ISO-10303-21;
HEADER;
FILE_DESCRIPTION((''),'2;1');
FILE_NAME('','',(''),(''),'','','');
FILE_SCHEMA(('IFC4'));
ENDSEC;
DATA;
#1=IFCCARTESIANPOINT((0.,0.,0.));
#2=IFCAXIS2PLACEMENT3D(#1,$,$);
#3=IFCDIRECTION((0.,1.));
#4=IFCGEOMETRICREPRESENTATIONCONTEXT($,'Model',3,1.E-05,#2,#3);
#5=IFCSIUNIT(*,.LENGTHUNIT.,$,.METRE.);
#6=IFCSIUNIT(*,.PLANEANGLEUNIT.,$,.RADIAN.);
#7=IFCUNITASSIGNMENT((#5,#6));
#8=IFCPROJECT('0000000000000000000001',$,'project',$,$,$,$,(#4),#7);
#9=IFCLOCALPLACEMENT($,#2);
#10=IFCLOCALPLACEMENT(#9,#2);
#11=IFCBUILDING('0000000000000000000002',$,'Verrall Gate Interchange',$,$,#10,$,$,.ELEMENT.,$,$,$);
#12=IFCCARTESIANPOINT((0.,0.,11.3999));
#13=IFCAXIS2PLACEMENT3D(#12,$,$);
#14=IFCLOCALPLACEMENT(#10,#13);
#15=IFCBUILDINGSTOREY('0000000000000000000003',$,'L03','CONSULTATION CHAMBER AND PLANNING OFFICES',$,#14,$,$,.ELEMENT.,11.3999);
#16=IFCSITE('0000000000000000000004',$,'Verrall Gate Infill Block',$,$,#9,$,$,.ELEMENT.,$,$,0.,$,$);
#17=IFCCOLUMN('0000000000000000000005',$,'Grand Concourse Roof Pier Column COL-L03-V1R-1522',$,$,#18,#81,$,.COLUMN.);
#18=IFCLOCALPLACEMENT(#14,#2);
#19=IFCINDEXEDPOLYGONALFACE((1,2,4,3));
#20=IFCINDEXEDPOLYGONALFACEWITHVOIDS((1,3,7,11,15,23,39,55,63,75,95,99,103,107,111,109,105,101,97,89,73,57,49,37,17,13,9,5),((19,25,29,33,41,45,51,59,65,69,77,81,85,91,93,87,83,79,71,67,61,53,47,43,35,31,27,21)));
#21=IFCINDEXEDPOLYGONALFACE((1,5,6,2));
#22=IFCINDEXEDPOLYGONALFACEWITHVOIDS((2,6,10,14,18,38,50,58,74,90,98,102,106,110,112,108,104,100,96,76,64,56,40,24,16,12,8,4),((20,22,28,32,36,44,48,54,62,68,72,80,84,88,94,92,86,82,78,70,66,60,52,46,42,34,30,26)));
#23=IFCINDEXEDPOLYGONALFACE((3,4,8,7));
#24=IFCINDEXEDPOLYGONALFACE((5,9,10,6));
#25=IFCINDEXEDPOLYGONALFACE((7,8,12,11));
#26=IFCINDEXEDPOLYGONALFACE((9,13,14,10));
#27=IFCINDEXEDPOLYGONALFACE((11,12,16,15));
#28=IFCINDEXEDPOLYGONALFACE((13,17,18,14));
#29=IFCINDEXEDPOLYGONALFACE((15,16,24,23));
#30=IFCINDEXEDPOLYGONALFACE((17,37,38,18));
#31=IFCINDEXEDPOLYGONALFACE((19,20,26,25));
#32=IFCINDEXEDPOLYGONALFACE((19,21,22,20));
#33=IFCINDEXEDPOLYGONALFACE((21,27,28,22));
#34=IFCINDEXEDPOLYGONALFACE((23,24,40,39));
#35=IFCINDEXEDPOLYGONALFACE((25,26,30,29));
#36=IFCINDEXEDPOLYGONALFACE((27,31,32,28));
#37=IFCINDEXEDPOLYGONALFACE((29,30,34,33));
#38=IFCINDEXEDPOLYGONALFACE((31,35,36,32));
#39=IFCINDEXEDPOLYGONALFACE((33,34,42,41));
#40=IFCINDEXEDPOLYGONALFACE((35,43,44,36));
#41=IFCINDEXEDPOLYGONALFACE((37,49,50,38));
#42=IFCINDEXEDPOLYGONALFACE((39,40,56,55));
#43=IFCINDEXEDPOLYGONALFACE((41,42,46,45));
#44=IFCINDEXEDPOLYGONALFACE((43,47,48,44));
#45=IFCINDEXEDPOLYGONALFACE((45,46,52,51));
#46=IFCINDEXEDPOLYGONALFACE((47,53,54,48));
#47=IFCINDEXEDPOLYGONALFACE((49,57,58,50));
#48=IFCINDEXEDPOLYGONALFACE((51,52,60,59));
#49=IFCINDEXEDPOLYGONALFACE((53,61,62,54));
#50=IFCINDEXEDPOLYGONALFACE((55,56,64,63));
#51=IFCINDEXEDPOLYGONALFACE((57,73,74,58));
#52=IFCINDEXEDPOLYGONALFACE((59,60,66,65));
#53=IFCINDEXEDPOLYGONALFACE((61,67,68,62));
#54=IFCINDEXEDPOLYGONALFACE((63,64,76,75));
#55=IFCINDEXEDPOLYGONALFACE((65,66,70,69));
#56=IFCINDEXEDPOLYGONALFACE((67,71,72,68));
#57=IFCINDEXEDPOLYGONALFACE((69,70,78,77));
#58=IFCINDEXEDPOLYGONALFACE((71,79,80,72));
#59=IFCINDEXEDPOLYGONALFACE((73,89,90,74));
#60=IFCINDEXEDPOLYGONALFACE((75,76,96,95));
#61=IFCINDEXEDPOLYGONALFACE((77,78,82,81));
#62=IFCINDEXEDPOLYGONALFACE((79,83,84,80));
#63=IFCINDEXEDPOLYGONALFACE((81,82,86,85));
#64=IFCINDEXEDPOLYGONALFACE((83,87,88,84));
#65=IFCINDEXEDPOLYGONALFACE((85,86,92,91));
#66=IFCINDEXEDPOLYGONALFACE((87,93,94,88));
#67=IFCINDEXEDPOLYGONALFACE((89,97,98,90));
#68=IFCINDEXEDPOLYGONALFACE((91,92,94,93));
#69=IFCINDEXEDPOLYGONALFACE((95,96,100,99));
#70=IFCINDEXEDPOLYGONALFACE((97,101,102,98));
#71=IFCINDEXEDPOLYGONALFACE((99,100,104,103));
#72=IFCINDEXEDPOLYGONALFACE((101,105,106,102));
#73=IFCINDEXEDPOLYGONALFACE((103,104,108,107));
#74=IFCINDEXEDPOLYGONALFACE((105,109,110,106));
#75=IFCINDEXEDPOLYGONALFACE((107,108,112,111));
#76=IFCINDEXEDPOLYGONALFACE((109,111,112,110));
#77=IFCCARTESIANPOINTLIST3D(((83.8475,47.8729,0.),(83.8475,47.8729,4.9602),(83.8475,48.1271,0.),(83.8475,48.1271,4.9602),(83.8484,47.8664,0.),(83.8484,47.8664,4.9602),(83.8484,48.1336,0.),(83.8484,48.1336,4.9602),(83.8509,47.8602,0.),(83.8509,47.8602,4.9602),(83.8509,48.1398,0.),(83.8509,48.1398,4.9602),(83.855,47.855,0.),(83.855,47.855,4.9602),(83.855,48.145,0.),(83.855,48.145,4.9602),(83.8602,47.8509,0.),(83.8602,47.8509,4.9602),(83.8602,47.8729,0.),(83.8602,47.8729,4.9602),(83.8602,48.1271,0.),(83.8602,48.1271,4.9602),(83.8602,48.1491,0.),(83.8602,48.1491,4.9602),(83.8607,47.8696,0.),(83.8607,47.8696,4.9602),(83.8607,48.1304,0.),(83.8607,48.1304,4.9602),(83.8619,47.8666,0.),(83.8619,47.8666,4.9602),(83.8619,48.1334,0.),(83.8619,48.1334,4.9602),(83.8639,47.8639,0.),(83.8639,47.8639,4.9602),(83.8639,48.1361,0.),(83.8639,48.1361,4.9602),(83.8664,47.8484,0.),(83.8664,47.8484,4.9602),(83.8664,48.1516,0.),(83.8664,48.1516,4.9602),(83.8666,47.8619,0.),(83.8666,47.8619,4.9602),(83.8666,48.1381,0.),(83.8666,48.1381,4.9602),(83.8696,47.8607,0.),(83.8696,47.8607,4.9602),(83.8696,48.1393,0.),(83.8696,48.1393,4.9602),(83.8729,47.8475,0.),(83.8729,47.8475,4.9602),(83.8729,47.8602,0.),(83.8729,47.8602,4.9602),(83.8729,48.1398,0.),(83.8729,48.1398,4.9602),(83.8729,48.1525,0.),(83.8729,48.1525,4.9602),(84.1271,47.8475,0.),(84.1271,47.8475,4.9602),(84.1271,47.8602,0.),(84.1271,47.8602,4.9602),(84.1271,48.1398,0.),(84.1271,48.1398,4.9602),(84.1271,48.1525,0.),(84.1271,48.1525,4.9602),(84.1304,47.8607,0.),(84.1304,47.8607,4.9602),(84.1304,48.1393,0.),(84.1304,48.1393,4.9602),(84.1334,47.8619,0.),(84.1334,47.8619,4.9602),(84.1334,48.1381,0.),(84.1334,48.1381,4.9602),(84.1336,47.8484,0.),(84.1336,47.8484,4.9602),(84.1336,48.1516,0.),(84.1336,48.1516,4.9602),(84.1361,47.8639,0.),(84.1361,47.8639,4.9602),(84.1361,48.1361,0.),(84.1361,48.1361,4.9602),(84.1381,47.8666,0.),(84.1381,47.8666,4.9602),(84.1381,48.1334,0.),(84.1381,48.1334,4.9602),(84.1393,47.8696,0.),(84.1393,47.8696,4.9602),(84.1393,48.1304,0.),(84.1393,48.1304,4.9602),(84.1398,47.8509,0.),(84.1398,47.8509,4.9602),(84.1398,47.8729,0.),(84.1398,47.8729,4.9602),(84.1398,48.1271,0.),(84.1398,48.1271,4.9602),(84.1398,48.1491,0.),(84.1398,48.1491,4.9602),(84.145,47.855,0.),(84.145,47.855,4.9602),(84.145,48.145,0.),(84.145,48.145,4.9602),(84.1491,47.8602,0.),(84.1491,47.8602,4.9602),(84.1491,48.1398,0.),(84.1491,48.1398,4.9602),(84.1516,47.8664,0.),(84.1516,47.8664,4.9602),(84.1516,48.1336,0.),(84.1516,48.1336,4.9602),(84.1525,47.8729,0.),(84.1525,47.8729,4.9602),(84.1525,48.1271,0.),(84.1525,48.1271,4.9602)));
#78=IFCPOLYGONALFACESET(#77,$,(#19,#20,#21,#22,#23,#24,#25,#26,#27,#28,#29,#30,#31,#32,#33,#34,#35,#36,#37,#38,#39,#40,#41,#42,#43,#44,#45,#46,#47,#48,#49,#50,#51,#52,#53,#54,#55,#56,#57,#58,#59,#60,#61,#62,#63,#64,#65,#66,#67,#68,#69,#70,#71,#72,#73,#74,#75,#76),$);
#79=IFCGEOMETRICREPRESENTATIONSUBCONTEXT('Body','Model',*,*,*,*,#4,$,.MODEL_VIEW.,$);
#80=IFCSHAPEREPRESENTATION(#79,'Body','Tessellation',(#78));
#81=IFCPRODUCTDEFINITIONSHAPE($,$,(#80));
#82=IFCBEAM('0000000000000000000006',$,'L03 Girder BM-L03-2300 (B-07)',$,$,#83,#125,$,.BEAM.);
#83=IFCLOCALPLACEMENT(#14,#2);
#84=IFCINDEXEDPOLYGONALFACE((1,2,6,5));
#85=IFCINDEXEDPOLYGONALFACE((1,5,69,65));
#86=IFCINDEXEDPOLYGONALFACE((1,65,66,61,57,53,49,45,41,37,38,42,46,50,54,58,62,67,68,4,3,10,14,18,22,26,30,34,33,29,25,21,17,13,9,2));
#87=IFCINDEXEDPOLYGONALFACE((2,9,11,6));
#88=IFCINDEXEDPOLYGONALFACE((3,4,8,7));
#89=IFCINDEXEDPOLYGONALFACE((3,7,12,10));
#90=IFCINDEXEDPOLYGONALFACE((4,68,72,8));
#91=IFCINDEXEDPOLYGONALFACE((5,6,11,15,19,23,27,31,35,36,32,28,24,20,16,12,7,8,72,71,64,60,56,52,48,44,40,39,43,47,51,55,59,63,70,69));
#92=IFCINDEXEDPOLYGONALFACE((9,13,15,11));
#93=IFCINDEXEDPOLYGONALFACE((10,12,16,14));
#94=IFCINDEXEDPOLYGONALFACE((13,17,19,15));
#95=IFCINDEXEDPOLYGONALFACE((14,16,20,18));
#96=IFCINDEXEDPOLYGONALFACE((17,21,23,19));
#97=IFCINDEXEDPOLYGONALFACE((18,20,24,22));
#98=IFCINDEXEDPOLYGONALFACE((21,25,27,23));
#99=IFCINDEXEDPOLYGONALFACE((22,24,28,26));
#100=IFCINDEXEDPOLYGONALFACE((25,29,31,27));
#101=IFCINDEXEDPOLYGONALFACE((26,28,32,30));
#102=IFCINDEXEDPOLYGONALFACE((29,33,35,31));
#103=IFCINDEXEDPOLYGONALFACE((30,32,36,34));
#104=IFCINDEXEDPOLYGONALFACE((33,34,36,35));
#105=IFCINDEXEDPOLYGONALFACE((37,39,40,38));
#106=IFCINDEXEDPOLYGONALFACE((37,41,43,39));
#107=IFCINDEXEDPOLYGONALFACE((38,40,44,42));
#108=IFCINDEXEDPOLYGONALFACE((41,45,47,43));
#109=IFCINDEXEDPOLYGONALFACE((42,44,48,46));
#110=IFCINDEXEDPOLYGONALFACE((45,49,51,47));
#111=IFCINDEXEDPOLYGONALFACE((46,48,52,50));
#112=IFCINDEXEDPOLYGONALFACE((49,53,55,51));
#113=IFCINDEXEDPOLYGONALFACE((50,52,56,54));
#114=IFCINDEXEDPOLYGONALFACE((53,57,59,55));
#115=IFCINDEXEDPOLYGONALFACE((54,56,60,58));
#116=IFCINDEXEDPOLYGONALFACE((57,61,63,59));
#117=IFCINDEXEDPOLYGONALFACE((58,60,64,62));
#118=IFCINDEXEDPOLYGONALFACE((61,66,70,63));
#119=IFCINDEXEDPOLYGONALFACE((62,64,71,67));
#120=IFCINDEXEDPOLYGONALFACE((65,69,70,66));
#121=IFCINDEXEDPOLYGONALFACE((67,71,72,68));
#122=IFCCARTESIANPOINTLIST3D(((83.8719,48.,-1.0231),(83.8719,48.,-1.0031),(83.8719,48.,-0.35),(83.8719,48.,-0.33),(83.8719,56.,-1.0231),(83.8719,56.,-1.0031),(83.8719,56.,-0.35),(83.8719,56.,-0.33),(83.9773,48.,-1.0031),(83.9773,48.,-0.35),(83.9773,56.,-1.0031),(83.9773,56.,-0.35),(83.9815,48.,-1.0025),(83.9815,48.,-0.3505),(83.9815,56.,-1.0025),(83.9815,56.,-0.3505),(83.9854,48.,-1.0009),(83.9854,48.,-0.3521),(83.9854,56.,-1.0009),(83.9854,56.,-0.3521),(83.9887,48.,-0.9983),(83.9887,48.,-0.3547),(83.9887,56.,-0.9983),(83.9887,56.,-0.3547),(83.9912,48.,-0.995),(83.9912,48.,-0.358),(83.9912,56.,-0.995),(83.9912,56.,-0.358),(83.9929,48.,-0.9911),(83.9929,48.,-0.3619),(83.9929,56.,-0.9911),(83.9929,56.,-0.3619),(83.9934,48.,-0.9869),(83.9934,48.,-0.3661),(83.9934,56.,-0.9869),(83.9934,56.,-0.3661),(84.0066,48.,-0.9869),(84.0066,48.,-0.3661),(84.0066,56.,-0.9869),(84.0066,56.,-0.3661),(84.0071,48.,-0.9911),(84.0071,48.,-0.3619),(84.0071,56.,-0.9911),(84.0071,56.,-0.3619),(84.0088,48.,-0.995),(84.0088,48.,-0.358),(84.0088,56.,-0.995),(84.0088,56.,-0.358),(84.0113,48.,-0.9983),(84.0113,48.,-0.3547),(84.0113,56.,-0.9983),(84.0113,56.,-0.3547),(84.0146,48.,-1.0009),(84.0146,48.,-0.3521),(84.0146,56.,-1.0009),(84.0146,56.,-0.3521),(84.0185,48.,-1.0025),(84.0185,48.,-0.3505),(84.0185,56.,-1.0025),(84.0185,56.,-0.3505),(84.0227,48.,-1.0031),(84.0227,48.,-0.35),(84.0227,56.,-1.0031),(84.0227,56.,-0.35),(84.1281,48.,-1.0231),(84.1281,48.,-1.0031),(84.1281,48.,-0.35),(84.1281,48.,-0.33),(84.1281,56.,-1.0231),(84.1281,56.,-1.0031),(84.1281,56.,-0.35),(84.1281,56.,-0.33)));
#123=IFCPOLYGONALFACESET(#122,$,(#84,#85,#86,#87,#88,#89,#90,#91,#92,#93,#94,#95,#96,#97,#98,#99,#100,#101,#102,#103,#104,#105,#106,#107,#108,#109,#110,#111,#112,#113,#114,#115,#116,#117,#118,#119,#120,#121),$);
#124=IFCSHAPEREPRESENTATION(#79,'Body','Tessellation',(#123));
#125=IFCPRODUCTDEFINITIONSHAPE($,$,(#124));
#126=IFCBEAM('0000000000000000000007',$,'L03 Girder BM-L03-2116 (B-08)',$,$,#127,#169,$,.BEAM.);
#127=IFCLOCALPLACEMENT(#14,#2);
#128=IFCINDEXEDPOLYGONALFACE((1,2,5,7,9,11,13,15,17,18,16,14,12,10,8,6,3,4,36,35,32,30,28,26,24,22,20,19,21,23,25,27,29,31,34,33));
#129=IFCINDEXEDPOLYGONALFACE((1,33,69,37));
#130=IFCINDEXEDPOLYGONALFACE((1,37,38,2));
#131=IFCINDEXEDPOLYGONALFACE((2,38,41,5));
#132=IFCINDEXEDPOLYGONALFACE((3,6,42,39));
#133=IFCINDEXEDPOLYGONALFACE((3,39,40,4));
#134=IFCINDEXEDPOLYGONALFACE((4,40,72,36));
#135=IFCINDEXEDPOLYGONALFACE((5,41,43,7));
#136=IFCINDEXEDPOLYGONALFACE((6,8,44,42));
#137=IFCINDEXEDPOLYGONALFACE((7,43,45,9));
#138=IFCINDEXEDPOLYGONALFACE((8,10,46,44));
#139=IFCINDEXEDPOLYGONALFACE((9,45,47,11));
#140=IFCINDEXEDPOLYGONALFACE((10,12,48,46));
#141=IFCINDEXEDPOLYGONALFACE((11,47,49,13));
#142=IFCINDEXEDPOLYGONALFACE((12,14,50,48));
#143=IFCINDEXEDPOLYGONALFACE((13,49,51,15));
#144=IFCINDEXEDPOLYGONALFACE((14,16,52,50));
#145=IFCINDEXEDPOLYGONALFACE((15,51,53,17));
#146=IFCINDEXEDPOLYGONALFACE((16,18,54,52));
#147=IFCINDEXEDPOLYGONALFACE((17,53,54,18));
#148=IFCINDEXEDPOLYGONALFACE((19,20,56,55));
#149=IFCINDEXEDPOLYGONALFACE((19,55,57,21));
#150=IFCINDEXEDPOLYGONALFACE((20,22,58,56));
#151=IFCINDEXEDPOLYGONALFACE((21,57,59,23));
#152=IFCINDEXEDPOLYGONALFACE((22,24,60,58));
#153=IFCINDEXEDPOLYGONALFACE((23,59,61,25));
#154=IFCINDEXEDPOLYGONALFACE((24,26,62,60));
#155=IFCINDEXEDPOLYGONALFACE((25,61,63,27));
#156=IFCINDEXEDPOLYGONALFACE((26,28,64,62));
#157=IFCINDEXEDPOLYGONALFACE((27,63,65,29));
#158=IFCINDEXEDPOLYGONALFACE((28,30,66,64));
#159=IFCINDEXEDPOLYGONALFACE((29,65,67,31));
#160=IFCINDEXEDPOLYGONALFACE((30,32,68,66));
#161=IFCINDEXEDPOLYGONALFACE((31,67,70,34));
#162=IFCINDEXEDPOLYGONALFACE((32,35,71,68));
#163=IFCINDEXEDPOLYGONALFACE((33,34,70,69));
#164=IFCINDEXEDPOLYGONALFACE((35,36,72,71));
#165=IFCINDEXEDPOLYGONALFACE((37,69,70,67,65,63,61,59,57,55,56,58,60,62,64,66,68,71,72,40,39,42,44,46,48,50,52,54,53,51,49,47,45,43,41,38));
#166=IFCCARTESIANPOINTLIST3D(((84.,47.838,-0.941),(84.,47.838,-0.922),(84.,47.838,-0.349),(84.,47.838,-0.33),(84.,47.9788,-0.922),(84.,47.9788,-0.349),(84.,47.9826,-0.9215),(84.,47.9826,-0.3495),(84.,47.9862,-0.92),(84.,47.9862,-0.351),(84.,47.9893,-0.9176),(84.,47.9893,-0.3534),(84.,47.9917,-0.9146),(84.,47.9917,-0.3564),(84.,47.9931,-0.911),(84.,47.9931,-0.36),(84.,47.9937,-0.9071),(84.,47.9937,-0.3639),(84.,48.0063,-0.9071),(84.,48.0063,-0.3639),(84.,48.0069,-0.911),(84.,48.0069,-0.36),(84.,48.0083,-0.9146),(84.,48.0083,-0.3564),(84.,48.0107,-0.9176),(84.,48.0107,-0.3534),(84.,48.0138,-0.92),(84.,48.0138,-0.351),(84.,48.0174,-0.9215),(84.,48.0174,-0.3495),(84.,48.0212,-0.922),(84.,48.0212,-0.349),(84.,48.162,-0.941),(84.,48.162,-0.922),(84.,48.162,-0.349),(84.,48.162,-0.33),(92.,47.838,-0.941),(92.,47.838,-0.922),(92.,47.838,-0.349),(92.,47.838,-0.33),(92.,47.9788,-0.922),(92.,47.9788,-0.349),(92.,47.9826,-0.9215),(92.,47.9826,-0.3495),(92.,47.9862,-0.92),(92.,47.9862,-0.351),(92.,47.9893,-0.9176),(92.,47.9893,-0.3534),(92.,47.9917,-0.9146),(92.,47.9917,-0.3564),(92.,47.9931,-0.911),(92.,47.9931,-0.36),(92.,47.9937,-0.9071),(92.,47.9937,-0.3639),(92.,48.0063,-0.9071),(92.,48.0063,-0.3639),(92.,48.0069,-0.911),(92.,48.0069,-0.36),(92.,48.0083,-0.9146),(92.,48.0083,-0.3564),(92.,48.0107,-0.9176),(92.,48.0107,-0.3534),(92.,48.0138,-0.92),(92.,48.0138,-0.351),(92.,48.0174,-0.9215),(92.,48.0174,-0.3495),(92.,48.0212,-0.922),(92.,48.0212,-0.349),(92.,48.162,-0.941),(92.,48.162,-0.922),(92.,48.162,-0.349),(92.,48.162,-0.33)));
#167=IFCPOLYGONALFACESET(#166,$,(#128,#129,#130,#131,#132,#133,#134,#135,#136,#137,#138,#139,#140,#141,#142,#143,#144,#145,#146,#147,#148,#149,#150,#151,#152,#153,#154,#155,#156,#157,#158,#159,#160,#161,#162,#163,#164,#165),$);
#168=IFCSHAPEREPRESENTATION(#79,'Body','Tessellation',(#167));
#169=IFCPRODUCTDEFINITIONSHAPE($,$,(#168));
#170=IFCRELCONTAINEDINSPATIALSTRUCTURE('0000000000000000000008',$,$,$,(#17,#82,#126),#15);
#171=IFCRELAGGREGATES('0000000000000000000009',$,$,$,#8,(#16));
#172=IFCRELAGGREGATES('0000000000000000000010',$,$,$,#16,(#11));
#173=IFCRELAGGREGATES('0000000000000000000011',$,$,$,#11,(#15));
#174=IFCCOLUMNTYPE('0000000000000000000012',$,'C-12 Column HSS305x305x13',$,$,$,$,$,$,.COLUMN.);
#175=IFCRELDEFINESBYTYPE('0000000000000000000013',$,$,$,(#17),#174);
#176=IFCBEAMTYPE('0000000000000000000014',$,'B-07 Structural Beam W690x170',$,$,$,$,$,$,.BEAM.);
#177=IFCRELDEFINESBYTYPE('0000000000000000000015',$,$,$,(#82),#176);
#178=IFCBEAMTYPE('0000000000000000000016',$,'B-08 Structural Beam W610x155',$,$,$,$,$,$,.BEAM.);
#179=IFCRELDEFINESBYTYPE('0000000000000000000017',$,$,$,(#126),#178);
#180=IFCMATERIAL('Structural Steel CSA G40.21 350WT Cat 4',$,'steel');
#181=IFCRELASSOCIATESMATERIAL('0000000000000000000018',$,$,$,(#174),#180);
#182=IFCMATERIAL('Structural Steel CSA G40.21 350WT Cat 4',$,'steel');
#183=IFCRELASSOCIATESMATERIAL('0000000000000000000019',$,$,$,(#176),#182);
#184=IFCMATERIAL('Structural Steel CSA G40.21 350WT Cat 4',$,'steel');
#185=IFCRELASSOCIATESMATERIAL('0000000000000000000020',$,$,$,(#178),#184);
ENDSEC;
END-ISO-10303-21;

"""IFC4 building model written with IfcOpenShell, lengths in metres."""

from ifc_helpers import new_model, si_unit, direction, frame, origin, origin_2d, place, context, subcontext, project, spatial, hollow_rectangle, i_section, extrude, material, material_profile, profile_set, type_object, element, save


model = new_model("IFC4")

# Units and contexts
model_context = context("Model", 3, precision=1e-05, world=origin(), true_north=direction((0.0, 1.0)))
body_context = subcontext(model_context, "Body", "Model", "MODEL_VIEW")
ifc_project = project(units=[si_unit("LENGTHUNIT", "METRE"), si_unit("PLANEANGLEUNIT", "RADIAN")], contexts=[model_context])

# Site, building, storey
site_placement = place(None, origin())
site = spatial("IfcSite", under=ifc_project, at=site_placement, Name="Verrall Gate Infill Block", CompositionType="ELEMENT", RefElevation=0.0)
building_placement = place(site_placement, origin())
building = spatial("IfcBuilding", under=site, at=building_placement, Name="Verrall Gate Interchange", CompositionType="ELEMENT")
storey_placement = place(building_placement, frame((0.0, 0.0, 11.3999)))
storey = spatial("IfcBuildingStorey", under=building, at=storey_placement, Name="L03", Description="CONSULTATION CHAMBER AND PLANNING OFFICES", CompositionType="ELEMENT", Elevation=11.3999)

# Column
ifc_material_1 = material(Name="Structural Steel CSA G40.21 350WT Cat 4", Category="steel")
ifc_material_profile_1 = material_profile(ifc_material_1, hollow_rectangle(XDim=0.3049, YDim=0.3049, WallThickness=0.0127, InnerFilletRadius=0.0127, OuterFilletRadius=0.0254, at=origin_2d()), Name="HSS305x305x13")
ifc_profile_set_1 = profile_set([ifc_material_profile_1], Name="Structural Steel CSA G40.21 350WT Cat 4")
column_type = type_object("IfcColumnType", Name="C-12 Column HSS305x305x13", PredefinedType="COLUMN", material=ifc_profile_set_1)
column_placement = place(storey_placement, frame((84.0, 48.0, 0.0), z_axis=(0.0, 0.0, 1.0), x_axis=(1.0, 0.0, 0.0)))
element("IfcColumn", 1, at=column_placement, inside=storey, type_object=column_type, Name="Grand Concourse Roof Pier Column COL-L03-V1R-1522", PredefinedType="COLUMN", context=body_context, shape_type="SweptSolid", body=[
    extrude(hollow_rectangle(XDim=0.3049, YDim=0.3049, WallThickness=0.0127, InnerFilletRadius=0.0127, OuterFilletRadius=0.0254, at=origin_2d()), origin(), (0.0, 0.0, 1.0), 4.9602),
])

# Beams
ifc_material_2 = material(Name="Structural Steel CSA G40.21 350WT Cat 4", Category="steel")
ifc_material_profile_2 = material_profile(ifc_material_2, i_section(OverallWidth=0.2561, OverallDepth=0.6931, WebThickness=0.0132, FlangeThickness=0.02, FilletRadius=0.0161, at=origin_2d()), Name="W690x170")
ifc_profile_set_2 = profile_set([ifc_material_profile_2], Name="Structural Steel CSA G40.21 350WT Cat 4")
beam_type_1 = type_object("IfcBeamType", Name="B-07 Structural Beam W690x170", PredefinedType="BEAM", material=ifc_profile_set_2)
beam_1_placement = place(storey_placement, frame((84.0, 48.0, -0.6765), z_axis=(0.0, 1.0, 0.0), x_axis=(-1.0, 0.0, 0.0)))
element("IfcBeam", 2, at=beam_1_placement, inside=storey, type_object=beam_type_1, Name="L03 Girder BM-L03-2300 (B-07)", PredefinedType="BEAM", context=body_context, shape_type="SweptSolid", body=[
    extrude(i_section(OverallWidth=0.2561, OverallDepth=0.6931, WebThickness=0.0132, FlangeThickness=0.02, FilletRadius=0.0161, at=origin_2d()), origin(), (0.0, 0.0, 1.0), 8.0),
])
ifc_material_3 = material(Name="Structural Steel CSA G40.21 350WT Cat 4", Category="steel")
ifc_material_profile_3 = material_profile(ifc_material_3, i_section(OverallWidth=0.324, OverallDepth=0.6111, WebThickness=0.0127, FlangeThickness=0.019, FilletRadius=0.0149, at=origin_2d()), Name="W610x155")
ifc_profile_set_3 = profile_set([ifc_material_profile_3], Name="Structural Steel CSA G40.21 350WT Cat 4")
beam_type_2 = type_object("IfcBeamType", Name="B-08 Structural Beam W610x155", PredefinedType="BEAM", material=ifc_profile_set_3)
for number, where, z_axis, x_axis, name in (
    (3, (84.0, 48.0, -0.6355), (1.0, 0.0, 0.0), (0.0, 1.0, 0.0), "L03 Girder BM-L03-2116 (B-08)"),
):
    element("IfcBeam", number, at=place(storey_placement, frame(where, z_axis=z_axis, x_axis=x_axis)), inside=storey, type_object=beam_type_2, Name=name, PredefinedType="BEAM", context=body_context, shape_type="SweptSolid", body=[
        extrude(i_section(OverallWidth=0.324, OverallDepth=0.6111, WebThickness=0.0127, FlangeThickness=0.019, FilletRadius=0.0149, at=origin_2d()), origin(), (0.0, 0.0, 1.0), 8.0),
    ])

save(model, "model.ifc")
